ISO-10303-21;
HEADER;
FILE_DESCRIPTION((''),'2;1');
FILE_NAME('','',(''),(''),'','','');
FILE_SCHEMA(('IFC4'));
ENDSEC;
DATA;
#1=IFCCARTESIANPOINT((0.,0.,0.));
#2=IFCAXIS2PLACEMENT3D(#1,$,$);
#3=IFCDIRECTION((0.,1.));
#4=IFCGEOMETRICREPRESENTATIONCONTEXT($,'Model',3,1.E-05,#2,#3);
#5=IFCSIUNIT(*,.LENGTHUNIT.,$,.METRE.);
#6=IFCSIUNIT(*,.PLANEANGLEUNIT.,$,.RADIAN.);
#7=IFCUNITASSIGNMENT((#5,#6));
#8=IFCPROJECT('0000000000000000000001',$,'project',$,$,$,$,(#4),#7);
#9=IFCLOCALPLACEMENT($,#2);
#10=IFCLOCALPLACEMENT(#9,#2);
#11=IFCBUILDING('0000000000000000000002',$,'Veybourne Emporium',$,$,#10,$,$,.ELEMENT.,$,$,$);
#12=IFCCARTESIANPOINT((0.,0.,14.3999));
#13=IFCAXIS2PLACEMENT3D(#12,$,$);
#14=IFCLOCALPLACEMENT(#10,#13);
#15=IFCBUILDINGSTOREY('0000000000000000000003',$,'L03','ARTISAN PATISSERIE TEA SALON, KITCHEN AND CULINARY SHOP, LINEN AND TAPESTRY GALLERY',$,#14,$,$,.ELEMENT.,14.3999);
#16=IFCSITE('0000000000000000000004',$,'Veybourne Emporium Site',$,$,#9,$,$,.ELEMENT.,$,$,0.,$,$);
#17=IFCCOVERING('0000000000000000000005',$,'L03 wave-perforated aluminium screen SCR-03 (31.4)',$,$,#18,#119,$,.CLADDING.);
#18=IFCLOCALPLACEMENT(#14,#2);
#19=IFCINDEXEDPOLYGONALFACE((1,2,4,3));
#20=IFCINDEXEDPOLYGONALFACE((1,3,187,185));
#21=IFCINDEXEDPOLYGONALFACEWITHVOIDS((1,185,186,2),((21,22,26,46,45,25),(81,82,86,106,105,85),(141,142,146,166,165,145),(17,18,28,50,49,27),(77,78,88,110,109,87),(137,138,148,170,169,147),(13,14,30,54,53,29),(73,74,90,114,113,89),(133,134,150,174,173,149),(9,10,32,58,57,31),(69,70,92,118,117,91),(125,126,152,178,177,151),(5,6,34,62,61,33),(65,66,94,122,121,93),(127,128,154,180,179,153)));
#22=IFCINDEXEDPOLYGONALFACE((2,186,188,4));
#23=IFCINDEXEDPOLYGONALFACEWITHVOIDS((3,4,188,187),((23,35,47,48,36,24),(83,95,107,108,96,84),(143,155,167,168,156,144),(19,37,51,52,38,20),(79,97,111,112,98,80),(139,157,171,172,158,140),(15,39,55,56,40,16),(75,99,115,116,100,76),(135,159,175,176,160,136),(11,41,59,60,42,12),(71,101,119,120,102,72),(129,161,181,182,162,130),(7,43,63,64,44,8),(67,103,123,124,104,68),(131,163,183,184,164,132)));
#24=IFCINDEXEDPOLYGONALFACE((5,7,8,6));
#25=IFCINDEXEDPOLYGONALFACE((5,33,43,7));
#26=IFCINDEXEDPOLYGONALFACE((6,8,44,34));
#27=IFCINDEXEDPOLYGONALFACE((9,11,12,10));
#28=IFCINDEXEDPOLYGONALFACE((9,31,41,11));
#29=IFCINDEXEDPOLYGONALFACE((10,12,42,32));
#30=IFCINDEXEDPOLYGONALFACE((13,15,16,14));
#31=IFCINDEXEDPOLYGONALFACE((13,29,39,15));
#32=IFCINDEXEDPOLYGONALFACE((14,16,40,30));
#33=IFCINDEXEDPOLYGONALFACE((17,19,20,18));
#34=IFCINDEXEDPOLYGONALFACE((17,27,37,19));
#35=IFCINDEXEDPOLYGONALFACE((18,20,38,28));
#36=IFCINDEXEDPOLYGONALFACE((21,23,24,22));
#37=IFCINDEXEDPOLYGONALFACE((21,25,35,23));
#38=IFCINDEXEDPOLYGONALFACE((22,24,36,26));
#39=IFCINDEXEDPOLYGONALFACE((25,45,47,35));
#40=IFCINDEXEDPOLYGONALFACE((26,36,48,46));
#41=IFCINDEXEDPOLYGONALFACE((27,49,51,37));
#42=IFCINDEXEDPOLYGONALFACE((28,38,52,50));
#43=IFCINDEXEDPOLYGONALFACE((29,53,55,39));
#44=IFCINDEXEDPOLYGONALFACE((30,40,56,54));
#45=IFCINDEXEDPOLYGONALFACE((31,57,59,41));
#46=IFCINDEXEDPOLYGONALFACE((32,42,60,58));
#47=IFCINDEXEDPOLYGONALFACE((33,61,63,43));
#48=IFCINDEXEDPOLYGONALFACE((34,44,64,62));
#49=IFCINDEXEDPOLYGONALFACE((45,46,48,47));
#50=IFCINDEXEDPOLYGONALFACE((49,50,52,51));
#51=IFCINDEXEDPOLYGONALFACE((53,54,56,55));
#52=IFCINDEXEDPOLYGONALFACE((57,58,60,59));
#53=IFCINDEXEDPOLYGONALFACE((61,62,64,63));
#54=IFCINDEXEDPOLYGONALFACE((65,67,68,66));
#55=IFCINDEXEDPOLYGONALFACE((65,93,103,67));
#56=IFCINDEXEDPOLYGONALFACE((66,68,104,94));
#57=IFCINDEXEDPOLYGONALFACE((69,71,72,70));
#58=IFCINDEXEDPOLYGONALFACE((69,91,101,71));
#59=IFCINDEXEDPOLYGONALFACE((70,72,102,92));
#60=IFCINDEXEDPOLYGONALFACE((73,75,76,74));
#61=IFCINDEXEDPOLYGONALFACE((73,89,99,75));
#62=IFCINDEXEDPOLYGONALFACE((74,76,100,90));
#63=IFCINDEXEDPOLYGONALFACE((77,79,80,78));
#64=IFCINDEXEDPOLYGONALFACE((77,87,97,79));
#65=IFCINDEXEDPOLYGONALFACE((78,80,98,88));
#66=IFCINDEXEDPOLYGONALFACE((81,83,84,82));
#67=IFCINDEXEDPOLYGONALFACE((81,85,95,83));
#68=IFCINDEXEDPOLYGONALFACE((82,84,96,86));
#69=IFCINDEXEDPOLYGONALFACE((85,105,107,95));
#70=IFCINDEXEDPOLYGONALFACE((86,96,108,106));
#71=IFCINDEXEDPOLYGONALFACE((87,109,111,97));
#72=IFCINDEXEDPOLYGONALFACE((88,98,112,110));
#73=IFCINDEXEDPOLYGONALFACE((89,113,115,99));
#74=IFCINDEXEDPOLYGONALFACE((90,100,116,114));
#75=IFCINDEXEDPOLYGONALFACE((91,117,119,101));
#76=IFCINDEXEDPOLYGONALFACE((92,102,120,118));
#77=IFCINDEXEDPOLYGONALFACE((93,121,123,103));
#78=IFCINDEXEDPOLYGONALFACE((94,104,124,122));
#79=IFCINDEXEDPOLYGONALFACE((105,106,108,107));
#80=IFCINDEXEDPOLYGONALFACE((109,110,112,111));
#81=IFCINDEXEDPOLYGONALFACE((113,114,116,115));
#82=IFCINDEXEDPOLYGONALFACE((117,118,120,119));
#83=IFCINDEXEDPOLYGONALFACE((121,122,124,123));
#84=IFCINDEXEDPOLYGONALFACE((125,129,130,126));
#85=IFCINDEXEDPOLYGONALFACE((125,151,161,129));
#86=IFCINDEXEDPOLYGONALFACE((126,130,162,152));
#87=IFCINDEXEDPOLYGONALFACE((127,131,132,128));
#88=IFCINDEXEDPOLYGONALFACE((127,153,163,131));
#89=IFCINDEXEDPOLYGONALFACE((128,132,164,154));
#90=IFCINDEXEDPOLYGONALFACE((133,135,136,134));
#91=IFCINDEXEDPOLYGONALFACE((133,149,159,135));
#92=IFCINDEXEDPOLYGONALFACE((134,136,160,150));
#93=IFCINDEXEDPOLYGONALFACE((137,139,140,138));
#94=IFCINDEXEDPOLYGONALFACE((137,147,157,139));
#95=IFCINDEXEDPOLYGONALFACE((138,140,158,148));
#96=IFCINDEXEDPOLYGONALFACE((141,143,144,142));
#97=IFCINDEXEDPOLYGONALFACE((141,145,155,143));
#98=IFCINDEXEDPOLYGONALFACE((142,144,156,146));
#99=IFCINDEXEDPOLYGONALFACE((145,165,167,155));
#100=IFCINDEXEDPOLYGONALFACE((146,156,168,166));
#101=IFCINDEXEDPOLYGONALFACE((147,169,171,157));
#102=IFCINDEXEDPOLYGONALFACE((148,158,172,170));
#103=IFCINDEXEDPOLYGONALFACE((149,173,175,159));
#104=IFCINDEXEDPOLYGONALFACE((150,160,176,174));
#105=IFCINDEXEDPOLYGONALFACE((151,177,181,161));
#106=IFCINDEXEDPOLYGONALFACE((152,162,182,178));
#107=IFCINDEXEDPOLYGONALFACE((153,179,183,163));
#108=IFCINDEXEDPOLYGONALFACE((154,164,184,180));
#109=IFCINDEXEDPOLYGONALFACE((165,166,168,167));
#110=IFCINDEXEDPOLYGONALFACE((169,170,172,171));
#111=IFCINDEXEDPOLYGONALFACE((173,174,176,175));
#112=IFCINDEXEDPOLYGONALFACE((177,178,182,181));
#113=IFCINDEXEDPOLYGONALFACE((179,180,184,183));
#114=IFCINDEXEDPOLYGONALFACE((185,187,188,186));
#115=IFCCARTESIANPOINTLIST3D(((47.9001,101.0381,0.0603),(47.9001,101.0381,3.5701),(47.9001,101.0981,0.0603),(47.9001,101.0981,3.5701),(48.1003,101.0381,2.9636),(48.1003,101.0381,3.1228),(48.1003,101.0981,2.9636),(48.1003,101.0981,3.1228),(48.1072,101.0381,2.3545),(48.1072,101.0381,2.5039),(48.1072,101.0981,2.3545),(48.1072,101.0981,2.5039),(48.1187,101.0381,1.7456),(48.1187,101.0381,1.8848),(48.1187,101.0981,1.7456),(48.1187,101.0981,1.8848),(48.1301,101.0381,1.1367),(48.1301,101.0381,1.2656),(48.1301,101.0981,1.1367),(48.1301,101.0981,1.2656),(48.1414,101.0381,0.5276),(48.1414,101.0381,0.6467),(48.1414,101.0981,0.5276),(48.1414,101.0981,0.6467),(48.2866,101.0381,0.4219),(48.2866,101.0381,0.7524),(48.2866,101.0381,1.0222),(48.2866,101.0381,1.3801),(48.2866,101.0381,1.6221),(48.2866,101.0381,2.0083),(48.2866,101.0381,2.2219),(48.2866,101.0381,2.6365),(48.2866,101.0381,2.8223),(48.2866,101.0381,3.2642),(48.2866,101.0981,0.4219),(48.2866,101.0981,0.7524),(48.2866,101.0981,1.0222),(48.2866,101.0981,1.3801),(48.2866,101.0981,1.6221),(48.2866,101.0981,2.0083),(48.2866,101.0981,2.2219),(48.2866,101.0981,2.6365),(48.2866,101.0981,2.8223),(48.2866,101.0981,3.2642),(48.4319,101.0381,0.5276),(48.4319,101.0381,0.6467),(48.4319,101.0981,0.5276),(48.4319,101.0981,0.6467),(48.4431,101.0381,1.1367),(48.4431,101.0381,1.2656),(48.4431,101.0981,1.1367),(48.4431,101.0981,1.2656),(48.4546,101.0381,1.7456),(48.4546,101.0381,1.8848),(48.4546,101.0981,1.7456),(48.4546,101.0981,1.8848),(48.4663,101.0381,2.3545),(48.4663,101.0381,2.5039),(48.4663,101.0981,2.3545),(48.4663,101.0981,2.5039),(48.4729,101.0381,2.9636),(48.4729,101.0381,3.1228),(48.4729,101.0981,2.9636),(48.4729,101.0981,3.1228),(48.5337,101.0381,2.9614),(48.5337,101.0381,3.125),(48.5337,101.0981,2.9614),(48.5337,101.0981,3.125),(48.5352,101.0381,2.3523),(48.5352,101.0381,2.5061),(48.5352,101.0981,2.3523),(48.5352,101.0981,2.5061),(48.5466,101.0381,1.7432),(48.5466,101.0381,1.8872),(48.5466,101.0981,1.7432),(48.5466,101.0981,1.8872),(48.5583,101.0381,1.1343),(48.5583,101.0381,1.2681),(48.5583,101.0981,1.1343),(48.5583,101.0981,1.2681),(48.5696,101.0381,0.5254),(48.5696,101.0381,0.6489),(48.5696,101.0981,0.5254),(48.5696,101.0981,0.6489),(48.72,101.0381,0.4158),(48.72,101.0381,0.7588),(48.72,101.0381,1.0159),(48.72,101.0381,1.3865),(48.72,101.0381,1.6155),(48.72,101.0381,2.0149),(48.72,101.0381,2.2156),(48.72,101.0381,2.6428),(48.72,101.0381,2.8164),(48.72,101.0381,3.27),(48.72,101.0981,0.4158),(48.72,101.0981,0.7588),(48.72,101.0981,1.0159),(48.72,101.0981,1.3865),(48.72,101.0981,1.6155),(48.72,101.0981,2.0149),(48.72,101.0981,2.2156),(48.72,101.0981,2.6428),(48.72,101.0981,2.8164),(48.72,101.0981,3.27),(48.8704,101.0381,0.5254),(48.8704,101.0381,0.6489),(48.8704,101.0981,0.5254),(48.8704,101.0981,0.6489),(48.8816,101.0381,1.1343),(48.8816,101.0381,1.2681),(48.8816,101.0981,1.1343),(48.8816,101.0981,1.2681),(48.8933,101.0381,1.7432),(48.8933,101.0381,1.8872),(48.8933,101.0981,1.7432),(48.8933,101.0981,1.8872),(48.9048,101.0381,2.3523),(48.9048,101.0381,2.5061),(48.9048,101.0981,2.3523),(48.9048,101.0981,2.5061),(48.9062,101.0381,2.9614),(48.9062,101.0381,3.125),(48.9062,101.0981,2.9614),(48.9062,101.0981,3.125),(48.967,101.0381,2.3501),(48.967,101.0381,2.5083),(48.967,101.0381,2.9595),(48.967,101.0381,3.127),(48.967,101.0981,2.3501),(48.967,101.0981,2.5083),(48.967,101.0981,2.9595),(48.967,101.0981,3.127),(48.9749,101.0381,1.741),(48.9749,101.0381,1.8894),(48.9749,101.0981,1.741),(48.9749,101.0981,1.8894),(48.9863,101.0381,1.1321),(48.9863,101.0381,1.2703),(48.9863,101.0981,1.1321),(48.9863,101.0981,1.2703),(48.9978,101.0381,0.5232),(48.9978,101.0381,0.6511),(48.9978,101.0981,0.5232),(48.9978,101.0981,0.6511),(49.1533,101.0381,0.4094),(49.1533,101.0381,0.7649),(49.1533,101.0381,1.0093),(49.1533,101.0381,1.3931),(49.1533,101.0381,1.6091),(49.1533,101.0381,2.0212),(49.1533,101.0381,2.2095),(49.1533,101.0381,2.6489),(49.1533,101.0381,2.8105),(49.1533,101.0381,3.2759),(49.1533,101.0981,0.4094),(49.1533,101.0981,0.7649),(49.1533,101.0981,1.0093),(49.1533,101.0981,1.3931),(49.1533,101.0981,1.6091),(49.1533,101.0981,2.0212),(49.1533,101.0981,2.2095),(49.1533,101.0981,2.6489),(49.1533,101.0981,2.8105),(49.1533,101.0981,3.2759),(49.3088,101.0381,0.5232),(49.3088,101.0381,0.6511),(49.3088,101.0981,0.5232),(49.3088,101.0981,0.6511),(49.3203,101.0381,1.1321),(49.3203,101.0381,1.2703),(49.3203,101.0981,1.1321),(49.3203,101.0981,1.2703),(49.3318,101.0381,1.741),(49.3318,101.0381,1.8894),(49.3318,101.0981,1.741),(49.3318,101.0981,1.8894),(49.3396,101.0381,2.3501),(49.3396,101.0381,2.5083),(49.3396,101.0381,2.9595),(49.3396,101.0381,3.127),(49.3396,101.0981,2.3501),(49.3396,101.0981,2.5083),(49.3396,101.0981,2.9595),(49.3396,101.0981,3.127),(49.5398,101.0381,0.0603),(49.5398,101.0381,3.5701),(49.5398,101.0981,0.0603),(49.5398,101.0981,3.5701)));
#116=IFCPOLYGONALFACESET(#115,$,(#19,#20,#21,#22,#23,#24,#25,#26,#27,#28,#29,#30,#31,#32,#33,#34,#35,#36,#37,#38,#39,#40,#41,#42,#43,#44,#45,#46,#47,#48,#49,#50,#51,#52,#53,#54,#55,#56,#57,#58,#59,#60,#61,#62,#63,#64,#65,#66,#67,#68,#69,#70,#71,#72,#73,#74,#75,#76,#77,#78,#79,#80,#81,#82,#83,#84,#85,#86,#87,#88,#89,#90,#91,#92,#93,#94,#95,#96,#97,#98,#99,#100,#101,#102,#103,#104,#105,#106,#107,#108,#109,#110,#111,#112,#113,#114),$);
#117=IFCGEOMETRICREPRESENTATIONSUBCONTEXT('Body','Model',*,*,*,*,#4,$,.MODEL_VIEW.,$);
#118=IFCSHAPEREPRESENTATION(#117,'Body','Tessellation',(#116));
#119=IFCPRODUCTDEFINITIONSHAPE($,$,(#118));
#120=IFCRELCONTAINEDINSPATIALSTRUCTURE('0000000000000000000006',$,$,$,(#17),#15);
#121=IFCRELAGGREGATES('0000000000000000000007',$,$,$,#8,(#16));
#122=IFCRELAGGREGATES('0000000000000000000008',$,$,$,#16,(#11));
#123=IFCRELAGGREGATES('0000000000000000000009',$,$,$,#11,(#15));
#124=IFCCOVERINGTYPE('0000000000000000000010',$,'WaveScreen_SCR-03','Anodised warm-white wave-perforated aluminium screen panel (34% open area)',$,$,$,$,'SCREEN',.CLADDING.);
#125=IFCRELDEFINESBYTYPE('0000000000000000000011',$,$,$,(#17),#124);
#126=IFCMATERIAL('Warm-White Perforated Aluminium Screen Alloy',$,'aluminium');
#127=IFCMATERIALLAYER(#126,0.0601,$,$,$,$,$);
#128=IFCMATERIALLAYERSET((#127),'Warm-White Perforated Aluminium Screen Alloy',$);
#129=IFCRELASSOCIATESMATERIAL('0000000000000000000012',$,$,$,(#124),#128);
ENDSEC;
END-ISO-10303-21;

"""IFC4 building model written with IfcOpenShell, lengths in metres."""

from ifc_helpers import new_model, si_unit, direction, frame, origin, place, context, subcontext, project, spatial, polyline, outline, extrude, material, layer, layer_set, type_object, element, save


model = new_model("IFC4")

# Units and contexts
model_context = context("Model", 3, precision=1e-05, world=origin(), true_north=direction((0.0, 1.0)))
body_context = subcontext(model_context, "Body", "Model", "MODEL_VIEW")
ifc_project = project(units=[si_unit("LENGTHUNIT", "METRE"), si_unit("PLANEANGLEUNIT", "RADIAN")], contexts=[model_context])

# Site, building, storey
site_placement = place(None, origin())
site = spatial("IfcSite", under=ifc_project, at=site_placement, Name="Veybourne Emporium Site", CompositionType="ELEMENT", RefElevation=0.0)
building_placement = place(site_placement, origin())
building = spatial("IfcBuilding", under=site, at=building_placement, Name="Veybourne Emporium", CompositionType="ELEMENT")
storey_placement = place(building_placement, frame((0.0, 0.0, 14.3999)))
storey = spatial("IfcBuildingStorey", under=building, at=storey_placement, Name="L03", Description="ARTISAN PATISSERIE TEA SALON, KITCHEN AND CULINARY SHOP, LINEN AND TAPESTRY GALLERY", CompositionType="ELEMENT", Elevation=14.3999)

# Covering
ifc_material_1 = material(Name="Warm-White Perforated Aluminium Screen Alloy", Category="aluminium")
ifc_layer_1 = layer(ifc_material_1, 0.0601)
ifc_layer_set_1 = layer_set([ifc_layer_1], Name="Warm-White Perforated Aluminium Screen Alloy")
covering_type_1 = type_object("IfcCoveringType", Name="WaveScreen_SCR-03", Description="Anodised warm-white wave-perforated aluminium screen panel (34% open area)", ElementType="SCREEN", PredefinedType="CLADDING", material=ifc_layer_set_1)
covering_1_placement = place(storey_placement, frame((48.72, 101.0981, 1.8152), z_axis=(0.0, -1.0, 0.0), x_axis=(1.0, 0.0, 0.0)))
element("IfcCovering", 1, at=covering_1_placement, inside=storey, type_object=covering_type_1, Name="L03 wave-perforated aluminium screen SCR-03 (31.4)", PredefinedType="CLADDING", context=body_context, shape_type="SweptSolid", body=[
    extrude(outline(polyline([(-0.8198, -1.7549), (0.8198, -1.7549), (0.8198, 1.7549), (-0.8198, 1.7549), (-0.8198, -1.7549)]), holes=[polyline([(-0.4333, -1.0627), (-0.2881, -1.1685), (-0.2881, -1.2876), (-0.4333, -1.3933), (-0.5786, -1.2876), (-0.5786, -1.1685), (-0.4333, -1.0627)]), polyline([(-0.4333, -0.4351), (-0.2769, -0.5496), (-0.2769, -0.6785), (-0.4333, -0.793), (-0.5898, -0.6785), (-0.5898, -0.5496), (-0.4333, -0.4351)]), polyline([(-0.4333, 0.1931), (-0.2654, 0.0696), (-0.2654, -0.0696), (-0.4333, -0.1931), (-0.6013, -0.0696), (-0.6013, 0.0696), (-0.4333, 0.1931)]), polyline([(-0.4333, 0.8213), (-0.2537, 0.6887), (-0.2537, 0.5393), (-0.4333, 0.4067), (-0.6128, 0.5393), (-0.6128, 0.6887), (-0.4333, 0.8213)]), polyline([(-0.4333, 1.449), (-0.2471, 1.3076), (-0.2471, 1.1484), (-0.4333, 1.0071), (-0.6196, 1.1484), (-0.6196, 1.3076), (-0.4333, 1.449)]), polyline([(0.0, -1.0564), (0.1504, -1.1663), (0.1504, -1.2898), (0.0, -1.3994), (-0.1504, -1.2898), (-0.1504, -1.1663), (0.0, -1.0564)]), polyline([(0.0, -0.4287), (0.1616, -0.5471), (0.1616, -0.6809), (0.0, -0.7993), (-0.1616, -0.6809), (-0.1616, -0.5471), (0.0, -0.4287)]), polyline([(0.0, 0.1997), (0.1733, 0.072), (0.1733, -0.072), (0.0, -0.1997), (-0.1733, -0.072), (-0.1733, 0.072), (0.0, 0.1997)]), polyline([(0.0, 0.8276), (0.1848, 0.6909), (0.1848, 0.5371), (0.0, 0.4004), (-0.1848, 0.5371), (-0.1848, 0.6909), (0.0, 0.8276)]), polyline([(0.0, 1.4548), (0.1863, 1.3098), (0.1863, 1.1462), (0.0, 1.0012), (-0.1863, 1.1462), (-0.1863, 1.3098), (0.0, 1.4548)]), polyline([(0.4333, -1.0503), (0.5889, -1.1641), (0.5889, -1.292), (0.4333, -1.4058), (0.2778, -1.292), (0.2778, -1.1641), (0.4333, -1.0503)]), polyline([(0.4333, -0.4221), (0.6003, -0.5449), (0.6003, -0.6831), (0.4333, -0.8059), (0.2664, -0.6831), (0.2664, -0.5449), (0.4333, -0.4221)]), polyline([(0.4333, 0.2061), (0.6118, 0.0742), (0.6118, -0.0742), (0.4333, -0.2061), (0.2549, -0.0742), (0.2549, 0.0742), (0.4333, 0.2061)]), polyline([(0.4333, 0.8337), (0.6196, 0.6931), (0.6196, 0.5349), (0.4333, 0.3943), (0.2471, 0.5349), (0.2471, 0.6931), (0.4333, 0.8337)]), polyline([(0.4333, 1.4607), (0.6196, 1.3118), (0.6196, 1.1443), (0.4333, 0.9954), (0.2471, 1.1443), (0.2471, 1.3118), (0.4333, 1.4607)])]), origin(), (0.0, 0.0, 1.0), 0.0601),
])

save(model, "model.ifc")
